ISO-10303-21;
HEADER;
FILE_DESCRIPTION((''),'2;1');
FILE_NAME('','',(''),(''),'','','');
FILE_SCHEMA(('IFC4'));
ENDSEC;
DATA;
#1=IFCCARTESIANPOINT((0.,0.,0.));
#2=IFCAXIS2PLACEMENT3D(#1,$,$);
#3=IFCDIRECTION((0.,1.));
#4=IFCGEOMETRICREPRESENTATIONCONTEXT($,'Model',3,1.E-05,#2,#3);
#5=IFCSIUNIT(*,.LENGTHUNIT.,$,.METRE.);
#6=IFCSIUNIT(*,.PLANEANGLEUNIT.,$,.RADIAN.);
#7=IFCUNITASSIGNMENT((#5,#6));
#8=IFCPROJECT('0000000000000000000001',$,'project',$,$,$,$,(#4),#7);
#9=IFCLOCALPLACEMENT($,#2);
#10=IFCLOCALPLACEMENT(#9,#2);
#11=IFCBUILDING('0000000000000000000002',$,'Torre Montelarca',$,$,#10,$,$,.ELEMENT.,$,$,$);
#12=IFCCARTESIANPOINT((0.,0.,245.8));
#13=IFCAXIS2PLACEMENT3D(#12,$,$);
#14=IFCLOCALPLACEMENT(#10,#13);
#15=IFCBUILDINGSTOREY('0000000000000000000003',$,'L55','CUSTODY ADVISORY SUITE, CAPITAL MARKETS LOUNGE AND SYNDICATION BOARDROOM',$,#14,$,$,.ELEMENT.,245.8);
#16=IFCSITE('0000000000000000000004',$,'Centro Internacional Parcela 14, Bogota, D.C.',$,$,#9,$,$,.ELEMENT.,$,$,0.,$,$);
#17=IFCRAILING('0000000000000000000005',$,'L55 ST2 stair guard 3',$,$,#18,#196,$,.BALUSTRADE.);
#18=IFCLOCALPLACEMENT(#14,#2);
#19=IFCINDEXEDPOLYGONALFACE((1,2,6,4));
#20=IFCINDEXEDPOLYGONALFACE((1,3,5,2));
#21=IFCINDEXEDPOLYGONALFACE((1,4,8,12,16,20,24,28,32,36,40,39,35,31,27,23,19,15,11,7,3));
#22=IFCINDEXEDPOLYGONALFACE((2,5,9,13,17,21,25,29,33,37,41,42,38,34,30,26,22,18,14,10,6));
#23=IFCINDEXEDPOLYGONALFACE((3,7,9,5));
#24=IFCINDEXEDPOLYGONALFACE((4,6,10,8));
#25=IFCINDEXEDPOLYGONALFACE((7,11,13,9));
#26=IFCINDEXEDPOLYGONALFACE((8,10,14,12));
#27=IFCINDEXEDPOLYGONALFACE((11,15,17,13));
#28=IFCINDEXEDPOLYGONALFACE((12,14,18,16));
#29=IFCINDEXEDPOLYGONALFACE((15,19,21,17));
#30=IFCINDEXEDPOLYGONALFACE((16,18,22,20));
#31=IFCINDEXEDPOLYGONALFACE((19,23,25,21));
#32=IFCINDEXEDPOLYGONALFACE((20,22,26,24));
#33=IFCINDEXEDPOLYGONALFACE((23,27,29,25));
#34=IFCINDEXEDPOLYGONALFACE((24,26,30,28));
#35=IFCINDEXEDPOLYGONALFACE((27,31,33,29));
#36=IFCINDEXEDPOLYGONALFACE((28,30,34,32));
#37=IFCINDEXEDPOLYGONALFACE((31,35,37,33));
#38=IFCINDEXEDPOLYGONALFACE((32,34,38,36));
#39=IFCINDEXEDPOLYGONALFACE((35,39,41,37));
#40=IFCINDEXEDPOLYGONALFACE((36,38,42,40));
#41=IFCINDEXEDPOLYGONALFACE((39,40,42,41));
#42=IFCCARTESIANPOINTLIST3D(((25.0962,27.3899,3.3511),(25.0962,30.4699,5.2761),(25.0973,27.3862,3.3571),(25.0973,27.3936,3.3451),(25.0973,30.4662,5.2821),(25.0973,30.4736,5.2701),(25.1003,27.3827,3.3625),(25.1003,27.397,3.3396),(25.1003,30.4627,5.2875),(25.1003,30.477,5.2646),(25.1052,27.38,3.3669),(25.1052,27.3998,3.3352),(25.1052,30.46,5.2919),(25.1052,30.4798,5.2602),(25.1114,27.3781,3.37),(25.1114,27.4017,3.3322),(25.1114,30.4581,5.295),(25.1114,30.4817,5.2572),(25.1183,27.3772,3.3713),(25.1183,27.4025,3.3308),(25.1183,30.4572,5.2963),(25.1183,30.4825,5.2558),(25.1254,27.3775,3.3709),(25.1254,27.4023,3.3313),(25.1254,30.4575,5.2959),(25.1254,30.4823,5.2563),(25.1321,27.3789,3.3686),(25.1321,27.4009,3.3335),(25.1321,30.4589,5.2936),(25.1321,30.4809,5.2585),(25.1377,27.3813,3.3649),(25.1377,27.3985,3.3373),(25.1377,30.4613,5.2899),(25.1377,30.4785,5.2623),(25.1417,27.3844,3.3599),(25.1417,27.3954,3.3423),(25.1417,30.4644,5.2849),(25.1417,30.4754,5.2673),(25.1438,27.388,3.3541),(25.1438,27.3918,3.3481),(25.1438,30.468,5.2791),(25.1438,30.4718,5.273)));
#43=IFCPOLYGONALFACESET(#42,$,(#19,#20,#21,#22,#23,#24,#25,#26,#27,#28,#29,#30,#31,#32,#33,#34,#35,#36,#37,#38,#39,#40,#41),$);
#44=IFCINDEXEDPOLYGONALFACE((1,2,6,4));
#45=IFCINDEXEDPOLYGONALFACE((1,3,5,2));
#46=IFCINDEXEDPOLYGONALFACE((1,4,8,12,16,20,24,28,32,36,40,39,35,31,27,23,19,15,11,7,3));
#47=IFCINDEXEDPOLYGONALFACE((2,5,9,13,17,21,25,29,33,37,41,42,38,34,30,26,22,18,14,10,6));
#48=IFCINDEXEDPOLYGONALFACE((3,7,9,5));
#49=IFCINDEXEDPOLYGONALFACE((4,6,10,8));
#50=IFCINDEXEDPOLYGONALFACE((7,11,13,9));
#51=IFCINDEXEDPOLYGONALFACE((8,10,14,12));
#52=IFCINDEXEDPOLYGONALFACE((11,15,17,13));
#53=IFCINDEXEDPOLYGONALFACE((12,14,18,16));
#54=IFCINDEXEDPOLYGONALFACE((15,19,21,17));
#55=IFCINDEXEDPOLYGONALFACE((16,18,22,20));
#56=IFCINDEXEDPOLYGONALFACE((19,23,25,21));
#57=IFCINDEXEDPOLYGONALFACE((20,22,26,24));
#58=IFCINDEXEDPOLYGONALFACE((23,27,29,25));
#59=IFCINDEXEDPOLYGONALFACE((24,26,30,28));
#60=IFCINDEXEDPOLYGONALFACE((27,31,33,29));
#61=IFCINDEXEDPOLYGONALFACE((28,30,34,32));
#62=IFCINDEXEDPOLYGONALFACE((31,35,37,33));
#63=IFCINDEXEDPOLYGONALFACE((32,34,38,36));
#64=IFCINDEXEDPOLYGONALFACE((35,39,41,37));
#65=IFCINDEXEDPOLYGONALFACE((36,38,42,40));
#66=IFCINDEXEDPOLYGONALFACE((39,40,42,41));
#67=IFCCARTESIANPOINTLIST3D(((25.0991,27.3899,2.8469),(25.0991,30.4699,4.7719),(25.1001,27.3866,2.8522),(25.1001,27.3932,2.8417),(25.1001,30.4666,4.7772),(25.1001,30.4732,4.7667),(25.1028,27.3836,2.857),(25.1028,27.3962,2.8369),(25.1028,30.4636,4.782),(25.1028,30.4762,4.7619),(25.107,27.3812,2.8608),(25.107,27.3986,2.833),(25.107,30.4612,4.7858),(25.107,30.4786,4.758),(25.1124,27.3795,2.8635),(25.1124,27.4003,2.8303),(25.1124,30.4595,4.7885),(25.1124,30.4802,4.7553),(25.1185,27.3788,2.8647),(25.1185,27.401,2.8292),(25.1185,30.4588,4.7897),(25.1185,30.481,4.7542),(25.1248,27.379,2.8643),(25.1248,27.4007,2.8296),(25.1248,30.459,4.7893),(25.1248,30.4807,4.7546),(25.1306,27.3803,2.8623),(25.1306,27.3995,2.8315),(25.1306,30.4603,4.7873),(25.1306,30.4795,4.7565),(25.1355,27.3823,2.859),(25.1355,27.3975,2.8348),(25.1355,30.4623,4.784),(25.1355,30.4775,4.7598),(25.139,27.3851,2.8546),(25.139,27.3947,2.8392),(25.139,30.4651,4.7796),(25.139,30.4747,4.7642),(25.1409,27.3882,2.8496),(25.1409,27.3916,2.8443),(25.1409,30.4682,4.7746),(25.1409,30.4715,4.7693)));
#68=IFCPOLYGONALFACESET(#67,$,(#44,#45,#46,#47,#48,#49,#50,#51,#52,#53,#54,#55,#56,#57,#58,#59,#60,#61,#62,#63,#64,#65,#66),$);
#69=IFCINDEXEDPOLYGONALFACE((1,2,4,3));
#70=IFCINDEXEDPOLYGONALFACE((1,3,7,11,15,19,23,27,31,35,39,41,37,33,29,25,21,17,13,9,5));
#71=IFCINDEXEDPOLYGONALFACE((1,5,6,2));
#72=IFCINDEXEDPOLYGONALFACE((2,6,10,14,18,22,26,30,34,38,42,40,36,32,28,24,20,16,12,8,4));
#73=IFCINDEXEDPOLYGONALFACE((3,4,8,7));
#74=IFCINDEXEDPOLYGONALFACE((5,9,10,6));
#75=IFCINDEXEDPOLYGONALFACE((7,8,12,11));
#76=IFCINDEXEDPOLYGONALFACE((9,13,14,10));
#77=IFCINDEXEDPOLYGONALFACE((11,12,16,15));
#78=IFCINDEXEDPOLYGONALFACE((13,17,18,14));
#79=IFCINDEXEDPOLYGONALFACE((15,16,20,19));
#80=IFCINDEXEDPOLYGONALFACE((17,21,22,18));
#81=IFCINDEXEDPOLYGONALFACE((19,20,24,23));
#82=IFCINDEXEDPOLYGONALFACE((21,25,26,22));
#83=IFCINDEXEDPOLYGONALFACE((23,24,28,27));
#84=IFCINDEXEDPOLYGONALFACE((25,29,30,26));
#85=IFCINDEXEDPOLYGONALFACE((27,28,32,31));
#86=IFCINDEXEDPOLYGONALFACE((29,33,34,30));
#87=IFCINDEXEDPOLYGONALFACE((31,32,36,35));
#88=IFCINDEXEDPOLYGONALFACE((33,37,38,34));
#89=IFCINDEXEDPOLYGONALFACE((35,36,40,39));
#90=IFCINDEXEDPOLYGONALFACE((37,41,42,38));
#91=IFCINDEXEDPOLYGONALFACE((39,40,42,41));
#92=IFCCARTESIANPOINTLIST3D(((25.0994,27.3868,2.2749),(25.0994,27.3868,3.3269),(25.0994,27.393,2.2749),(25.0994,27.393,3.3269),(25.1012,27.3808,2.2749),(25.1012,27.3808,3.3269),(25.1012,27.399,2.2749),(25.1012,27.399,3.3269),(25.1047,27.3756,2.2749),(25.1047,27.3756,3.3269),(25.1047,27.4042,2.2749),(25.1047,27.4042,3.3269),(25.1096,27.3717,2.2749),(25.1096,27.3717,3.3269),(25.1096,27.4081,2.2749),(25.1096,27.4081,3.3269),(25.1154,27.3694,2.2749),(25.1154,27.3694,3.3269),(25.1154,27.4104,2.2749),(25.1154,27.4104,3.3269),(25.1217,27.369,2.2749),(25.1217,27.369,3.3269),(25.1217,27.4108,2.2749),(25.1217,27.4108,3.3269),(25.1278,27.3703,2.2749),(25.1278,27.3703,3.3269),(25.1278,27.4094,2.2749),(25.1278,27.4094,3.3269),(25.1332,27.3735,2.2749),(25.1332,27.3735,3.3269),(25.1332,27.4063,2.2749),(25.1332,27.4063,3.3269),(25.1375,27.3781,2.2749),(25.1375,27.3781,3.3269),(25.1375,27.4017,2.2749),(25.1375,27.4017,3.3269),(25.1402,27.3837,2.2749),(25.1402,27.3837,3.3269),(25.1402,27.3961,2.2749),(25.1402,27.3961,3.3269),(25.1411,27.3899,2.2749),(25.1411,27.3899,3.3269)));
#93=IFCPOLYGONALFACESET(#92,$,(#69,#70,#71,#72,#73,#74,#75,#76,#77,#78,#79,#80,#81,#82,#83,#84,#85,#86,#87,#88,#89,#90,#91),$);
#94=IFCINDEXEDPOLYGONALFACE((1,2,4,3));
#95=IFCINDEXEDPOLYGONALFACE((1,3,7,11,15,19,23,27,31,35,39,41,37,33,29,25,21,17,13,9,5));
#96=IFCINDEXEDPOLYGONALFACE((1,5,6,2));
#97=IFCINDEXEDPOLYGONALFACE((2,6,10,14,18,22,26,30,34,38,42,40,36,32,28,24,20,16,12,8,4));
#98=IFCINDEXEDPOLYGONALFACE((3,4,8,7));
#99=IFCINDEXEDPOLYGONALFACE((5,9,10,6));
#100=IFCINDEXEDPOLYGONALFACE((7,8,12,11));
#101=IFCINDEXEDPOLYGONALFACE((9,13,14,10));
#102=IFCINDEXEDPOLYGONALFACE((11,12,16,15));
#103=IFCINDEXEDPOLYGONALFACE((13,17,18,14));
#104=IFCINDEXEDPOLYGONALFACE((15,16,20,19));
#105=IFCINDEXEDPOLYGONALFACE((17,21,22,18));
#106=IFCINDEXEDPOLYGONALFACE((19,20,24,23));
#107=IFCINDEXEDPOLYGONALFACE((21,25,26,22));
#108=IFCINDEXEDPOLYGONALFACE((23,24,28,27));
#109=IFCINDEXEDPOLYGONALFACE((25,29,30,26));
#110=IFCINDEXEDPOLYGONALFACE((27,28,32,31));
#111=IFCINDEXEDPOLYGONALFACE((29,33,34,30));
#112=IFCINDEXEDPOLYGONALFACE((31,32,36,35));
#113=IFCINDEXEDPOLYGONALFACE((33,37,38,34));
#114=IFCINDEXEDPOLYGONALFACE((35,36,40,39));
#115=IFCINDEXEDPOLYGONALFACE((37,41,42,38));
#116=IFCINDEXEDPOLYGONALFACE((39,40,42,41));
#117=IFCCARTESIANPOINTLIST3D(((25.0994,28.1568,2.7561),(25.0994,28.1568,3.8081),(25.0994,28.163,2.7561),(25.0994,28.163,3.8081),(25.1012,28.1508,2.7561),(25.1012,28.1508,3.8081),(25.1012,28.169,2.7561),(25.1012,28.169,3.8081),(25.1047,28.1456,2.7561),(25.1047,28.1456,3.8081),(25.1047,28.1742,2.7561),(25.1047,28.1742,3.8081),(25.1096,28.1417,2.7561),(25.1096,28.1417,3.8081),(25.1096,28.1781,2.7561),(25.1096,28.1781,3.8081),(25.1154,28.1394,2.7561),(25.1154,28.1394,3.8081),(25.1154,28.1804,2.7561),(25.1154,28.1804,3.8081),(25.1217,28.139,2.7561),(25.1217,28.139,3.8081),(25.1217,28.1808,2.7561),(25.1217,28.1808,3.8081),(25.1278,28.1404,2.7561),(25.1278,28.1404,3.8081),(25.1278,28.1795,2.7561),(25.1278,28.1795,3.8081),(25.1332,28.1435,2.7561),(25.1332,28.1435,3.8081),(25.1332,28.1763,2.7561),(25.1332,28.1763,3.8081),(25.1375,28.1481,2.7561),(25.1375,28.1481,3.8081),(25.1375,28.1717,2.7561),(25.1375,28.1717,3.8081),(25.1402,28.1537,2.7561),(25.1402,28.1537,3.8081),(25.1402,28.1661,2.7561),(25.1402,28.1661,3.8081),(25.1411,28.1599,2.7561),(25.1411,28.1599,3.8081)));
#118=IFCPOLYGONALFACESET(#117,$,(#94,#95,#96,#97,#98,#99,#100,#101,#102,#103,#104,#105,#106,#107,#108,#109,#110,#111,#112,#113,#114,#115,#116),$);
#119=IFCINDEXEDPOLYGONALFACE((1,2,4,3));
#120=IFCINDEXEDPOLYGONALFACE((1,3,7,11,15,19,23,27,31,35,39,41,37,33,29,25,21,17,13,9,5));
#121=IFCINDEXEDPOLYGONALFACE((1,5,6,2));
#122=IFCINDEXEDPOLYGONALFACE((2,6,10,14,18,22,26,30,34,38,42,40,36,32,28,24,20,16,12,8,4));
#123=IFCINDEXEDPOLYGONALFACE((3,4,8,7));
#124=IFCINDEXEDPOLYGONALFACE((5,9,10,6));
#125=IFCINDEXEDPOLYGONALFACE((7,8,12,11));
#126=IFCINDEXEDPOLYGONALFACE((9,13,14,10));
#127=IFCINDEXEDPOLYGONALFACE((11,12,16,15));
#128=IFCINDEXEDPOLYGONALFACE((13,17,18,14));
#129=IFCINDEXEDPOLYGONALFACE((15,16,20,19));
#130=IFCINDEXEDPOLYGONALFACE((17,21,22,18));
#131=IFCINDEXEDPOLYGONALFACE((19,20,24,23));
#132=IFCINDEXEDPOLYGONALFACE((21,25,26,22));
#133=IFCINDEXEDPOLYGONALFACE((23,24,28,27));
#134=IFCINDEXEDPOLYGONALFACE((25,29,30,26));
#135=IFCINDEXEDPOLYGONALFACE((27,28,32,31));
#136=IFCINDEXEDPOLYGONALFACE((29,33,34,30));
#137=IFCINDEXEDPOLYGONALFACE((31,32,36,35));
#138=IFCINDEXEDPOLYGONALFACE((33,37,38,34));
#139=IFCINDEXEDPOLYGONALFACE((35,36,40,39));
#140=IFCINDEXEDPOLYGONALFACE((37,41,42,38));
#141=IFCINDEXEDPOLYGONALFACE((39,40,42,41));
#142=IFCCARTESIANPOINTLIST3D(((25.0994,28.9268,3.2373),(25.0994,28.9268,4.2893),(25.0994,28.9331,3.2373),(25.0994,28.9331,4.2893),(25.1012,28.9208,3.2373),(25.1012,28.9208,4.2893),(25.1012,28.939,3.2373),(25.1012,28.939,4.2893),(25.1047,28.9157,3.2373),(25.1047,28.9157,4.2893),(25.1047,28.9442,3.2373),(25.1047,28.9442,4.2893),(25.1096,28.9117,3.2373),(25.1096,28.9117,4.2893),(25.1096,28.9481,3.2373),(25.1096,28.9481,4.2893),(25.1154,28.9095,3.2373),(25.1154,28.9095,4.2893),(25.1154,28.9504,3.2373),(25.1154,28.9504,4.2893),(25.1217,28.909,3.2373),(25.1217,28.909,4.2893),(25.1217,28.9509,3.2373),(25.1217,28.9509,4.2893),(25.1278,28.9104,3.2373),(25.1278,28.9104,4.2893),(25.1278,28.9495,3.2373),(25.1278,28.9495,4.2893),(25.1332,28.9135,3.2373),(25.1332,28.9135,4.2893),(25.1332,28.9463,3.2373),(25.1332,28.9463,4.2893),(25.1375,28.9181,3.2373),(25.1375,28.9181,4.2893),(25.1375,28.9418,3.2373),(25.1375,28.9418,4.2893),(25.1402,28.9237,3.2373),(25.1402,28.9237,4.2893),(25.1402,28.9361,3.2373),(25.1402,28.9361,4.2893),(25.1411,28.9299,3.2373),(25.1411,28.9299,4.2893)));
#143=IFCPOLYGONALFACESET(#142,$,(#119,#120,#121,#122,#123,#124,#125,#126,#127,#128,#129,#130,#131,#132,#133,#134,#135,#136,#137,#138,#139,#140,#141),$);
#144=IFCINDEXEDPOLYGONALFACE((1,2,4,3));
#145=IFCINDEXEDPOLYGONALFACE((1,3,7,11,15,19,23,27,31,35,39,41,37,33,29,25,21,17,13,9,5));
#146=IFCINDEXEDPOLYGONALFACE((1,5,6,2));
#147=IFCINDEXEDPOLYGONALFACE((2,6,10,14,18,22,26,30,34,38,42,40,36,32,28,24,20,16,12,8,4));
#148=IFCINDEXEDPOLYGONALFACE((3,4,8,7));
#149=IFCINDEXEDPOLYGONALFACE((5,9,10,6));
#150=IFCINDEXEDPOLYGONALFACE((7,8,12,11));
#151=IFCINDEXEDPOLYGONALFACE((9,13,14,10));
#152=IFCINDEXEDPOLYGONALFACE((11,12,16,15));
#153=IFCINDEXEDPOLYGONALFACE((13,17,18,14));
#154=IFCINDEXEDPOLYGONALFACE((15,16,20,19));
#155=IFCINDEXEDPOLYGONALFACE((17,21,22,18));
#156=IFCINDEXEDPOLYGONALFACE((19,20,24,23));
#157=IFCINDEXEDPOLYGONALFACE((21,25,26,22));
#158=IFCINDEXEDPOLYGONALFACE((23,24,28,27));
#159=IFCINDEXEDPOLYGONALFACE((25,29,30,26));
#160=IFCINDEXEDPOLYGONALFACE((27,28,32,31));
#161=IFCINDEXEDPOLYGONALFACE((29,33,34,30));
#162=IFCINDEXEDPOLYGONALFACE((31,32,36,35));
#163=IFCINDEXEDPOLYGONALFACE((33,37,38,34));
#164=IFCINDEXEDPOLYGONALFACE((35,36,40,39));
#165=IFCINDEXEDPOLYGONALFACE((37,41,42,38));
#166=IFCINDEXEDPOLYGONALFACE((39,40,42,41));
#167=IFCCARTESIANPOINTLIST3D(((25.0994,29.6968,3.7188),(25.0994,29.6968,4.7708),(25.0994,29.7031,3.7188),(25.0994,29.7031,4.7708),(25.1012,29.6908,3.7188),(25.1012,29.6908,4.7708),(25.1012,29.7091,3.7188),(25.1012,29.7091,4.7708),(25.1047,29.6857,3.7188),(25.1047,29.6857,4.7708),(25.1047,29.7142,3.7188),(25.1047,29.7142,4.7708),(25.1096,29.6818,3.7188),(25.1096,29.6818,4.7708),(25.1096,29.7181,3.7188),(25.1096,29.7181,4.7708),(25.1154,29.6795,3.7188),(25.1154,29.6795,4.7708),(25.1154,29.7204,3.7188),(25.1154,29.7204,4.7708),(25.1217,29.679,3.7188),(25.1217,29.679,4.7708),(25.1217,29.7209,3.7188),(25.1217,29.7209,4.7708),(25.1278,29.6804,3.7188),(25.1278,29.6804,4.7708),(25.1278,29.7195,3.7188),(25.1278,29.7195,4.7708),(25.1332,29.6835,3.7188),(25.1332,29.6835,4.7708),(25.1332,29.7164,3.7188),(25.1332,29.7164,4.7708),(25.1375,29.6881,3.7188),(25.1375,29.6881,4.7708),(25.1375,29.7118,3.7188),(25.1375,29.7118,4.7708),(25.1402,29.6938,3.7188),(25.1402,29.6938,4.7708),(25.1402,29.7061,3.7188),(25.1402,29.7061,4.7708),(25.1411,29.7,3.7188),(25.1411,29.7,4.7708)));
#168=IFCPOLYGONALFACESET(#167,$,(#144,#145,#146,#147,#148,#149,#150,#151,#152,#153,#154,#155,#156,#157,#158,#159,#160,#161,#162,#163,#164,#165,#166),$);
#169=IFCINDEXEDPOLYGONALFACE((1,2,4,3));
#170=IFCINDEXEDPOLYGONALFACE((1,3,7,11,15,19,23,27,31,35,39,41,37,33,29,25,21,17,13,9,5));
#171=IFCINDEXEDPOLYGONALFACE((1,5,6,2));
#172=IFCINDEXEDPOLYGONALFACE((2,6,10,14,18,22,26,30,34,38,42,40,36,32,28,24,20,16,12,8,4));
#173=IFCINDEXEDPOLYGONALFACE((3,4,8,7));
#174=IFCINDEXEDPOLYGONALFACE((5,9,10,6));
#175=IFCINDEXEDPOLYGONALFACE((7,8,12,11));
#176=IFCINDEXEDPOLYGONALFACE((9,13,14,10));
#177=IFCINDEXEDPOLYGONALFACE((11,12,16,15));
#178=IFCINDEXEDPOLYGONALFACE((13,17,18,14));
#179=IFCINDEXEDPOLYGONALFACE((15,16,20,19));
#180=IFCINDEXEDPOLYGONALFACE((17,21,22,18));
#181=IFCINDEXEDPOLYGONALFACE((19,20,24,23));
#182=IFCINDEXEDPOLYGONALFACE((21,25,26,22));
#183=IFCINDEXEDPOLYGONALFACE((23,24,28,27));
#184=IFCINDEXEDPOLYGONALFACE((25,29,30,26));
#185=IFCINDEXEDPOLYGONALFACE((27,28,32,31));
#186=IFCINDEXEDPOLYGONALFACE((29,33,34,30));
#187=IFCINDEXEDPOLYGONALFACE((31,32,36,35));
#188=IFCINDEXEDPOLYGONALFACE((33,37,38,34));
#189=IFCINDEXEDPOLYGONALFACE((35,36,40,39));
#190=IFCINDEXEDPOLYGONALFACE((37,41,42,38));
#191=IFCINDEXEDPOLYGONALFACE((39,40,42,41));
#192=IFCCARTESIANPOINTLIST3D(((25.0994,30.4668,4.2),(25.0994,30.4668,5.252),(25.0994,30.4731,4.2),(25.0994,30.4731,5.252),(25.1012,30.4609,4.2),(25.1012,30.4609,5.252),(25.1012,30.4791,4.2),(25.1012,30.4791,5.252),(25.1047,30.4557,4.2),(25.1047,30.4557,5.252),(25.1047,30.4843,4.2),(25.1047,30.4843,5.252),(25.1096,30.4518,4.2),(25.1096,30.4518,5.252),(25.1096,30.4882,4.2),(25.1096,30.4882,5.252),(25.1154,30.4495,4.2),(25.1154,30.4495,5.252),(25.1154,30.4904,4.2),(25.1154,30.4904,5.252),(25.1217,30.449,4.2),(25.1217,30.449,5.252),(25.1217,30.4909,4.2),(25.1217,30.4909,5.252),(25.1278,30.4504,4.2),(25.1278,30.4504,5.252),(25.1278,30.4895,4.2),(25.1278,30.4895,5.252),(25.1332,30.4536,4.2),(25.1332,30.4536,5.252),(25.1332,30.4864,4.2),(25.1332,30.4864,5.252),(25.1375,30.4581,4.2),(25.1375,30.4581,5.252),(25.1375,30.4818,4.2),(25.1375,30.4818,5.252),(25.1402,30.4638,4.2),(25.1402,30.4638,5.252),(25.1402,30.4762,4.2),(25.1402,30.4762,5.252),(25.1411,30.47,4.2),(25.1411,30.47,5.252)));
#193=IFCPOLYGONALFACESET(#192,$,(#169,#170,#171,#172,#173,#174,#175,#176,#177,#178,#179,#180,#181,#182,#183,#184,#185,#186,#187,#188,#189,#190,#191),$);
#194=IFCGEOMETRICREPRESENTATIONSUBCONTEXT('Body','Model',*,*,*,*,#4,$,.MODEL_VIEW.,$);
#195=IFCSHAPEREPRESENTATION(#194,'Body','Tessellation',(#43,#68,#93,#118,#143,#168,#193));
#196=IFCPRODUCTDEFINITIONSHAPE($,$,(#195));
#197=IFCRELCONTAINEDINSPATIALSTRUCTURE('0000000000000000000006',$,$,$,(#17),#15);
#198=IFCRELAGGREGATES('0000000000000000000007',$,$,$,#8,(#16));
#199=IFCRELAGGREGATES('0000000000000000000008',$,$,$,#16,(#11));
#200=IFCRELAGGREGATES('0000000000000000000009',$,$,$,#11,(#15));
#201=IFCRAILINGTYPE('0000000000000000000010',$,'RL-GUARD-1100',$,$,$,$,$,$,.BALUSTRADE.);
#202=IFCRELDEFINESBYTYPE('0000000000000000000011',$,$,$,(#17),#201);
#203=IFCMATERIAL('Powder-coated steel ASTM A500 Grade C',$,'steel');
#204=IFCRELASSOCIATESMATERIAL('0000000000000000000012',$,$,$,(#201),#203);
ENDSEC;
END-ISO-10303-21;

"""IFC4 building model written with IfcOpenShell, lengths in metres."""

from ifc_helpers import new_model, si_unit, direction, frame, origin, origin_2d, place, context, subcontext, project, spatial, circle, extrude, material, type_object, element, save


model = new_model("IFC4")

# Units and contexts
model_context = context("Model", 3, precision=1e-05, world=origin(), true_north=direction((0.0, 1.0)))
body_context = subcontext(model_context, "Body", "Model", "MODEL_VIEW")
ifc_project = project(units=[si_unit("LENGTHUNIT", "METRE"), si_unit("PLANEANGLEUNIT", "RADIAN")], contexts=[model_context])

# Site, building, storey
site_placement = place(None, origin())
site = spatial("IfcSite", under=ifc_project, at=site_placement, Name="Centro Internacional Parcela 14, Bogota, D.C.", CompositionType="ELEMENT", RefElevation=0.0)
building_placement = place(site_placement, origin())
building = spatial("IfcBuilding", under=site, at=building_placement, Name="Torre Montelarca", CompositionType="ELEMENT")
storey_placement = place(building_placement, frame((0.0, 0.0, 245.8)))
storey = spatial("IfcBuildingStorey", under=building, at=storey_placement, Name="L55", Description="CUSTODY ADVISORY SUITE, CAPITAL MARKETS LOUNGE AND SYNDICATION BOARDROOM", CompositionType="ELEMENT", Elevation=245.8)

# Railing
ifc_material_1 = material(Name="Powder-coated steel ASTM A500 Grade C", Category="steel")
railing_type_1 = type_object("IfcRailingType", Name="RL-GUARD-1100", PredefinedType="BALUSTRADE", material=ifc_material_1)
railing_1_placement = place(storey_placement, frame((25.1201, 27.3899, 2.2749)))
element("IfcRailing", 1, at=railing_1_placement, inside=storey, type_object=railing_type_1, Name="L55 ST2 stair guard 3", PredefinedType="BALUSTRADE", context=body_context, shape_type="SweptSolid", body=[
    extrude(circle(Radius=0.0239, at=origin_2d()), frame((0.0, 0.0, 1.0762), z_axis=(0.0, 0.847998, 0.529999), x_axis=(-1.0, 0.0, 0.0)), (0.0, 0.0, 1.0), 3.6321),
    extrude(circle(Radius=0.021, at=origin_2d()), frame((0.0, 0.0, 0.572), z_axis=(0.0, 0.847998, 0.529999), x_axis=(-1.0, 0.0, 0.0)), (0.0, 0.0, 1.0), 3.6321),
    extrude(circle(Radius=0.021, at=origin_2d()), origin(), (0.0, 0.0, 1.0), 1.052),
    extrude(circle(Radius=0.021, at=origin_2d()), frame((0.0, 0.77, 0.4812)), (0.0, 0.0, 1.0), 1.052),
    extrude(circle(Radius=0.021, at=origin_2d()), frame((0.0, 1.54, 0.9624)), (0.0, 0.0, 1.0), 1.052),
    extrude(circle(Radius=0.021, at=origin_2d()), frame((0.0, 2.3101, 1.4438)), (0.0, 0.0, 1.0), 1.052),
    extrude(circle(Radius=0.021, at=origin_2d()), frame((0.0, 3.0801, 1.925)), (0.0, 0.0, 1.0), 1.052),
])

save(model, "model.ifc")
